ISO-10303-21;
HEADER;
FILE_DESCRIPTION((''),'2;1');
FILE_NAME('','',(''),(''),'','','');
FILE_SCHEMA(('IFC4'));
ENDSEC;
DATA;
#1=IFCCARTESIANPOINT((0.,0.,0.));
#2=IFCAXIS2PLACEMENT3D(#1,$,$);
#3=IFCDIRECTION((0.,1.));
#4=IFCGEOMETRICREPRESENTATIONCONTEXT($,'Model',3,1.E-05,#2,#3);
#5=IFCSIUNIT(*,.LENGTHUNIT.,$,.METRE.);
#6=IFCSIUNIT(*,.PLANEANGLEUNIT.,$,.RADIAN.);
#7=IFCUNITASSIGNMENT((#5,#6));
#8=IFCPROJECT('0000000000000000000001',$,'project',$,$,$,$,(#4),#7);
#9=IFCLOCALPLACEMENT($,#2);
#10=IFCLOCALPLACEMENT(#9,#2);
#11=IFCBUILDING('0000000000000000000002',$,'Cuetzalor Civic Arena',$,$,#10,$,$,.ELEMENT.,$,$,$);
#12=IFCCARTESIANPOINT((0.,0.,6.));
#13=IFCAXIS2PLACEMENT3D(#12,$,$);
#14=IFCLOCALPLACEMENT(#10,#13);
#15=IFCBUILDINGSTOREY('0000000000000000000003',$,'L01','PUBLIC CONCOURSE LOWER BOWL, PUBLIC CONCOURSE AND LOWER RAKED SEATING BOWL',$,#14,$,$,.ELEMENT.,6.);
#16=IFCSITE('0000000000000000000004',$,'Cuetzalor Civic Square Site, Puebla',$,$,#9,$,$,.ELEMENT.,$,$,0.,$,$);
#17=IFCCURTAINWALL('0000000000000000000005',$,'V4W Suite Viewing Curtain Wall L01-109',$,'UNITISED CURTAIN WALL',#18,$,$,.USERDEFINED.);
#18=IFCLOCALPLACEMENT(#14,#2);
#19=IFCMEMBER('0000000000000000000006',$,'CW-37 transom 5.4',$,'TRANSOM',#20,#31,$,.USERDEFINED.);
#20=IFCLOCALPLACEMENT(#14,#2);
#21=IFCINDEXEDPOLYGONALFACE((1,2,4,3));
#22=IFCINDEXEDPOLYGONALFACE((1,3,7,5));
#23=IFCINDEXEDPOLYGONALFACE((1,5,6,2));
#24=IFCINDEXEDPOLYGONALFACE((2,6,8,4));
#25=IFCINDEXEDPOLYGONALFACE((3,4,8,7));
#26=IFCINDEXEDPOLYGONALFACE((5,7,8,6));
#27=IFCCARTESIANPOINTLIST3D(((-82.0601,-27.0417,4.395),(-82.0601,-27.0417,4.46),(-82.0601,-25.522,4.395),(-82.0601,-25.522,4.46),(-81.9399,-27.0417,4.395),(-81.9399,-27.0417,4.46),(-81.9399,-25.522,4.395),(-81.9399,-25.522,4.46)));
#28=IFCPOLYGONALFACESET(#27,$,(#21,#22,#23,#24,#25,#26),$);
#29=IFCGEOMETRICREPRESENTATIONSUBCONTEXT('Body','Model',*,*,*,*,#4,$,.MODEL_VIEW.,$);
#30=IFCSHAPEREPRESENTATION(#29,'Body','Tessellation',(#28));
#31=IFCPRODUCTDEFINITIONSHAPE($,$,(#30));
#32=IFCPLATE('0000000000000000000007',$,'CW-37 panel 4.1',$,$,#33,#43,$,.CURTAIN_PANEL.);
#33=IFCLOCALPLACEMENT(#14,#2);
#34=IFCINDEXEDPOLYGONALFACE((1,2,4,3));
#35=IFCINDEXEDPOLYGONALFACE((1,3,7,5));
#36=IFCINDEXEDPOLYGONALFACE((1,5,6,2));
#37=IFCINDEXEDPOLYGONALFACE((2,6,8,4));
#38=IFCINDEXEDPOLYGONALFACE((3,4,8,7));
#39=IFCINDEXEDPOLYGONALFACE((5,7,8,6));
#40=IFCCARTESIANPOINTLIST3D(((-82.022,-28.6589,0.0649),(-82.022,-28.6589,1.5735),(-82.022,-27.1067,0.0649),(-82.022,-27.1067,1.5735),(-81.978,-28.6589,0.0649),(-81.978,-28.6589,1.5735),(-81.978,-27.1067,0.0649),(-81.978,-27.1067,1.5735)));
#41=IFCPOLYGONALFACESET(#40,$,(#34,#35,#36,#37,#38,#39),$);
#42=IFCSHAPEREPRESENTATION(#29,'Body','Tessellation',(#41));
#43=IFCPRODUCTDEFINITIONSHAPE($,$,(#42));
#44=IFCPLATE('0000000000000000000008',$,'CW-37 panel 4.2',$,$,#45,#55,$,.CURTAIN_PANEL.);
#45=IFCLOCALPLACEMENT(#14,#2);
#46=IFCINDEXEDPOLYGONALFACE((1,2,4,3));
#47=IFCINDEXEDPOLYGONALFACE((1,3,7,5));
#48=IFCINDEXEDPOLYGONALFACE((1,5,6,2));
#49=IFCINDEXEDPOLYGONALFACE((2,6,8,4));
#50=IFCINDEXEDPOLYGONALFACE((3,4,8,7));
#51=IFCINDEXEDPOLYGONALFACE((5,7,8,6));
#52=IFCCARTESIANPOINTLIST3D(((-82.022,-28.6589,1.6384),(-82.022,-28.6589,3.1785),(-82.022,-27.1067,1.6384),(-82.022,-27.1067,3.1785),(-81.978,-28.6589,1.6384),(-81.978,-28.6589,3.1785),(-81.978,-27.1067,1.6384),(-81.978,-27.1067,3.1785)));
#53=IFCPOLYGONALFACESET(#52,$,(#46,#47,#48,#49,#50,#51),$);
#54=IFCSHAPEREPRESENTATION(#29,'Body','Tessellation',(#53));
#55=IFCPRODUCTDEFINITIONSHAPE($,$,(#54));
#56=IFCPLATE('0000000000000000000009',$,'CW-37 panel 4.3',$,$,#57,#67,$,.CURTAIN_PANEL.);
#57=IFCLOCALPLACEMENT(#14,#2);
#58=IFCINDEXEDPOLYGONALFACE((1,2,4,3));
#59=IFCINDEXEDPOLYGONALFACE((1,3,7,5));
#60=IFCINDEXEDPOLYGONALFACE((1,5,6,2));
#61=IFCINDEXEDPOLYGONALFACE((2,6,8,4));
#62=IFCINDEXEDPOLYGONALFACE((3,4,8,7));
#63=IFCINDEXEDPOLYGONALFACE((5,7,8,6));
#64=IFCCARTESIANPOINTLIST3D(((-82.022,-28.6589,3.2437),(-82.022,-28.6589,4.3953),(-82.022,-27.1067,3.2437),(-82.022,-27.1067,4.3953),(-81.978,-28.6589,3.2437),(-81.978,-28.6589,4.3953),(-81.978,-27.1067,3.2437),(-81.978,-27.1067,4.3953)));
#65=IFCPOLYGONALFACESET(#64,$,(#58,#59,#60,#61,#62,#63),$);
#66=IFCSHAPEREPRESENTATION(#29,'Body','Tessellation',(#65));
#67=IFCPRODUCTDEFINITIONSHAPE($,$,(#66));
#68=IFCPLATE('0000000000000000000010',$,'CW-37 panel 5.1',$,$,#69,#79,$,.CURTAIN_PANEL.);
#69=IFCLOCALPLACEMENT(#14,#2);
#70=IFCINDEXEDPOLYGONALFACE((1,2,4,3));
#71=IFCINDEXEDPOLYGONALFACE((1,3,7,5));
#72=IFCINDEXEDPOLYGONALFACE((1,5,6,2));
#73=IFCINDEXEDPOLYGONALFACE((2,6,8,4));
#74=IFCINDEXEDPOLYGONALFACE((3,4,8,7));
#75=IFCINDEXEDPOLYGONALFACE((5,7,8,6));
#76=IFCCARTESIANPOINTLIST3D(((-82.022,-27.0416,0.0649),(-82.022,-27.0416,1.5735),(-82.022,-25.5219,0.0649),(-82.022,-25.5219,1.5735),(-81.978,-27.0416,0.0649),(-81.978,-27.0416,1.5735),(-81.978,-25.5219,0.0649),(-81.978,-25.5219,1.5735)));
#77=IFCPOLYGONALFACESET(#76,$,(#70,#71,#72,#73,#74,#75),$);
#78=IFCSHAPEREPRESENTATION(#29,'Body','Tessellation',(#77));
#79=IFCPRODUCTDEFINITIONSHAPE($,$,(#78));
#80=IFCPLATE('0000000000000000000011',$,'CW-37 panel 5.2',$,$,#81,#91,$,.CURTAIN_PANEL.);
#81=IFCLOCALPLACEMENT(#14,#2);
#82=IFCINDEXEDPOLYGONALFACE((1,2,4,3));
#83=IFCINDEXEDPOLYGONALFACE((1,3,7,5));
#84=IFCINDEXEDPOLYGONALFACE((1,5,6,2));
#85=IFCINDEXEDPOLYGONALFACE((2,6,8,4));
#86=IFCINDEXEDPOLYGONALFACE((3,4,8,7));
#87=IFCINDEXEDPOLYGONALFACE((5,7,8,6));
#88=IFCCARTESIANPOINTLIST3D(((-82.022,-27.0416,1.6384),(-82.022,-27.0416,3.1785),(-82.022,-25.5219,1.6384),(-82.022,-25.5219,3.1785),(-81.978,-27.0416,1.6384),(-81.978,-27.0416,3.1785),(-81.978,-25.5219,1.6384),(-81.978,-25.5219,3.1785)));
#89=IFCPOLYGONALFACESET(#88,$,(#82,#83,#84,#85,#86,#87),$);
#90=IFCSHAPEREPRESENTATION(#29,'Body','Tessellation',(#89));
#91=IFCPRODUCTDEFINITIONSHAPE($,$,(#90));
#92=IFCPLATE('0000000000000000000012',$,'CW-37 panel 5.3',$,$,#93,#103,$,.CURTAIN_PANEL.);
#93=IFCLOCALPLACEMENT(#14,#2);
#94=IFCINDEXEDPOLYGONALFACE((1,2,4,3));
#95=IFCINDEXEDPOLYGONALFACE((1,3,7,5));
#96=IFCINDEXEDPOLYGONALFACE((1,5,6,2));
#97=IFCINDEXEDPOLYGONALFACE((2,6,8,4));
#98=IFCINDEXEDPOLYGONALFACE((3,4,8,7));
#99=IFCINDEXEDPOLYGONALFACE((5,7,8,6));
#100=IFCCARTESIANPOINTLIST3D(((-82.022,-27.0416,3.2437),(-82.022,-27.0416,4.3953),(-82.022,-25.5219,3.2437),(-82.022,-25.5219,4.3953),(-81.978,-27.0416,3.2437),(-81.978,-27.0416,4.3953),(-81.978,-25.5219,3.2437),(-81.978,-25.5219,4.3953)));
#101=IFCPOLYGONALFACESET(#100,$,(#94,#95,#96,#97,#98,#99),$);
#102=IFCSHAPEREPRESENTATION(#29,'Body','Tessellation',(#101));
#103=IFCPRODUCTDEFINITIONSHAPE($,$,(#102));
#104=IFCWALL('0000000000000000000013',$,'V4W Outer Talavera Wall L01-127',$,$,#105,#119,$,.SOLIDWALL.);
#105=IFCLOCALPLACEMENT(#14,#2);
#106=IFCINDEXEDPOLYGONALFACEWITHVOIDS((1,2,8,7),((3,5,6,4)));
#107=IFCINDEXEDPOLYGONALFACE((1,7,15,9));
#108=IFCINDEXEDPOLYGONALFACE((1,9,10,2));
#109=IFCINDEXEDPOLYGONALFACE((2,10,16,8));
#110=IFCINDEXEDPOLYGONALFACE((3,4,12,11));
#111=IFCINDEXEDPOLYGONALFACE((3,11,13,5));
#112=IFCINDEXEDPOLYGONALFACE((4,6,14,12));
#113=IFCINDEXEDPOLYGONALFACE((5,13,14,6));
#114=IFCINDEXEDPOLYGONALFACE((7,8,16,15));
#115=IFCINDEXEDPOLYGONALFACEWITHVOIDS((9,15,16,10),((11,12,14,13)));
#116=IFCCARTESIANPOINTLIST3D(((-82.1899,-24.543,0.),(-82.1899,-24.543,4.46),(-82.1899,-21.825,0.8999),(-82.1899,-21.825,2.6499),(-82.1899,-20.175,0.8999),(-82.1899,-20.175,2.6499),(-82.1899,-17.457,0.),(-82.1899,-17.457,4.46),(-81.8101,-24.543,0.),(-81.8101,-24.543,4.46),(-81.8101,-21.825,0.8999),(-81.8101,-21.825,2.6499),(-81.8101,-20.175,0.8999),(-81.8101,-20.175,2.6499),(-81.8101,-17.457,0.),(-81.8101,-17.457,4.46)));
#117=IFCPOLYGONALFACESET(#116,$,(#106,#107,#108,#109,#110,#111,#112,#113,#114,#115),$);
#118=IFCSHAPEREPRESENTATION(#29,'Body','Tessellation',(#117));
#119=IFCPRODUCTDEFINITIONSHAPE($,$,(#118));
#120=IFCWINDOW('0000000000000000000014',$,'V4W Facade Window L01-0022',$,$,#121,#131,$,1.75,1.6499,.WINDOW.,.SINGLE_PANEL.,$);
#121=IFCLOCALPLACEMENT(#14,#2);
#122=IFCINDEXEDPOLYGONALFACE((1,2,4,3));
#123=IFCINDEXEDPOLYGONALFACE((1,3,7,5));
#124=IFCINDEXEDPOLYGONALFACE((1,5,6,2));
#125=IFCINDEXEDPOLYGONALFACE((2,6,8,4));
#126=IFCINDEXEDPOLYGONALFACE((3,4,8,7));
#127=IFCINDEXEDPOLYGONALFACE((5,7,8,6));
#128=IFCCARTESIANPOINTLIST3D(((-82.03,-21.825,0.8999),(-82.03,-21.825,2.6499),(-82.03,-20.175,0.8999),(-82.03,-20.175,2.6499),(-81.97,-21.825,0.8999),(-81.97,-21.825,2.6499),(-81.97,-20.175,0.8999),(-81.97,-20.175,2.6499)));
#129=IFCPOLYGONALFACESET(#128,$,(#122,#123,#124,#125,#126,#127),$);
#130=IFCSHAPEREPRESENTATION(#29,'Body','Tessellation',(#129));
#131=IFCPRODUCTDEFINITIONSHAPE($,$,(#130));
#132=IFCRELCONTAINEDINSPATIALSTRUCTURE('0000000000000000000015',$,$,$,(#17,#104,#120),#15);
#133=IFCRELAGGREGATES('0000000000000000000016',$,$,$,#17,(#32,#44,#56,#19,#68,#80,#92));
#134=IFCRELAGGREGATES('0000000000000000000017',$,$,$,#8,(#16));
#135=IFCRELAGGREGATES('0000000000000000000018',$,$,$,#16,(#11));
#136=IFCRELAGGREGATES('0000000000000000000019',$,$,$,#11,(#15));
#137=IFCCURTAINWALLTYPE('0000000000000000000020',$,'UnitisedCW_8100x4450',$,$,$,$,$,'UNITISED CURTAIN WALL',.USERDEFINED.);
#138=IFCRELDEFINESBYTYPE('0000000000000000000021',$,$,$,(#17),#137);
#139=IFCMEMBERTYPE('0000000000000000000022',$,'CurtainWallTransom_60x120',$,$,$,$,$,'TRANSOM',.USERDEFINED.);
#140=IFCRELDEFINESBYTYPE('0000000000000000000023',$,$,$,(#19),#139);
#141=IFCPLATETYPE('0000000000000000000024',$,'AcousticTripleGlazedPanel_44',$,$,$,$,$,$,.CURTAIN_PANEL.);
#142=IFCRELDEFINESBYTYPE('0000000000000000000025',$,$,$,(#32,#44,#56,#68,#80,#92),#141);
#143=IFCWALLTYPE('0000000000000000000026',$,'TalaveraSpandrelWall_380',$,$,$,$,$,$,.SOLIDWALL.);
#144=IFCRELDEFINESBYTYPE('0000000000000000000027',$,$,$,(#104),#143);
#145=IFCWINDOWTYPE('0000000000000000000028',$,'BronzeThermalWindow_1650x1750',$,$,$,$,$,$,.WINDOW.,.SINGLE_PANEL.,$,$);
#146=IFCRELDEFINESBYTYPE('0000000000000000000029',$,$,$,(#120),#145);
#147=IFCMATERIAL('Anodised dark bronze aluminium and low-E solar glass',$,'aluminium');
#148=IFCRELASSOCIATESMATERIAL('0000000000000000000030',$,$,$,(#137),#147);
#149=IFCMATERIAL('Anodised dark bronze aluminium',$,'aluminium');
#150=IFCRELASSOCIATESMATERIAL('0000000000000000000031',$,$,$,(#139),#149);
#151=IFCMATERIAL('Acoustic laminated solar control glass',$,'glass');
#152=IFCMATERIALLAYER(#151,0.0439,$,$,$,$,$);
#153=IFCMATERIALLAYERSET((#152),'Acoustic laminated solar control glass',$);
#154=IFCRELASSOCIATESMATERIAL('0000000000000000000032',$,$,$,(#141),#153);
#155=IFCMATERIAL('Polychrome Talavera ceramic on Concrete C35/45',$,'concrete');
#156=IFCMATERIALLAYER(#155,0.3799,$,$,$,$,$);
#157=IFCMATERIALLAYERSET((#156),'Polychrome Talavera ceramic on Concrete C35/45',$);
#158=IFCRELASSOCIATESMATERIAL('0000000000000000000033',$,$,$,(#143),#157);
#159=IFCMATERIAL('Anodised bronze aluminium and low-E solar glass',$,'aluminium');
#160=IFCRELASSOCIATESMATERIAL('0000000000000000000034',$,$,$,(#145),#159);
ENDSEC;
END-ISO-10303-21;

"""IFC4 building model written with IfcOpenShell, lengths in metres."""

from ifc_helpers import new_model, si_unit, direction, frame, frame_2d, origin, origin_2d, place, context, subcontext, project, spatial, rectangle, extrude, material, layer, layer_set, material_profile, profile_set, type_object, element, fill, aggregate, save


model = new_model("IFC4")

# Units and contexts
model_context = context("Model", 3, precision=1e-05, world=origin(), true_north=direction((0.0, 1.0)))
body_context = subcontext(model_context, "Body", "Model", "MODEL_VIEW")
ifc_project = project(units=[si_unit("LENGTHUNIT", "METRE"), si_unit("PLANEANGLEUNIT", "RADIAN")], contexts=[model_context])

# Site, building, storey
site_placement = place(None, origin())
site = spatial("IfcSite", under=ifc_project, at=site_placement, Name="Cuetzalor Civic Square Site, Puebla", CompositionType="ELEMENT", RefElevation=0.0)
building_placement = place(site_placement, origin())
building = spatial("IfcBuilding", under=site, at=building_placement, Name="Cuetzalor Civic Arena", CompositionType="ELEMENT")
storey_placement = place(building_placement, frame((0.0, 0.0, 6.0)))
storey = spatial("IfcBuildingStorey", under=building, at=storey_placement, Name="L01", Description="PUBLIC CONCOURSE LOWER BOWL, PUBLIC CONCOURSE AND LOWER RAKED SEATING BOWL", CompositionType="ELEMENT", Elevation=6.0)

# Curtain wall
ifc_material_1 = material(Name="Anodised dark bronze aluminium and low-E solar glass", Category="aluminium")
curtain_wall_type_1 = type_object("IfcCurtainWallType", Name="UnitisedCW_8100x4450", ElementType="UNITISED CURTAIN WALL", PredefinedType="USERDEFINED", material=ifc_material_1)
curtain_wall_1_placement = place(storey_placement, origin())
curtain_wall_1 = element("IfcCurtainWall", 1, at=curtain_wall_1_placement, inside=storey, type_object=curtain_wall_type_1, Name="V4W Suite Viewing Curtain Wall L01-109", ObjectType="UNITISED CURTAIN WALL", PredefinedType="USERDEFINED")

# Member
ifc_material_2 = material(Name="Anodised dark bronze aluminium", Category="aluminium")
ifc_material_profile_1 = material_profile(ifc_material_2, rectangle(XDim=0.1201, YDim=0.0649, at=origin_2d()), Name="ALU TRANSOM 65x120")
ifc_profile_set_1 = profile_set([ifc_material_profile_1], Name="Anodised dark bronze aluminium")
member_type_1 = type_object("IfcMemberType", Name="CurtainWallTransom_60x120", ElementType="TRANSOM", PredefinedType="USERDEFINED", material=ifc_profile_set_1)
member_1_placement = place(storey_placement, frame((-82.0, -27.0417, 4.4275), z_axis=(0.0, 1.0, 0.0), x_axis=(-1.0, 0.0, 0.0)))
member_1 = element("IfcMember", 2, at=member_1_placement, type_object=member_type_1, Name="CW-37 transom 5.4", ObjectType="TRANSOM", PredefinedType="USERDEFINED", context=body_context, shape_type="SweptSolid", body=[
    extrude(rectangle(XDim=0.1201, YDim=0.0649, at=origin_2d()), origin(), (0.0, 0.0, 1.0), 1.5198),
])

# Plates
ifc_material_3 = material(Name="Acoustic laminated solar control glass", Category="glass")
ifc_layer_1 = layer(ifc_material_3, 0.0439)
ifc_layer_set_1 = layer_set([ifc_layer_1], Name="Acoustic laminated solar control glass")
plate_type = type_object("IfcPlateType", Name="AcousticTripleGlazedPanel_44", PredefinedType="CURTAIN_PANEL", material=ifc_layer_set_1)
plate_1_placement = place(storey_placement, frame((-82.0, -27.8828, 0.0649), z_axis=(0.0, 0.0, 1.0), x_axis=(0.0, 1.0, 0.0)))
plate_1 = element("IfcPlate", 3, at=plate_1_placement, type_object=plate_type, Name="CW-37 panel 4.1", PredefinedType="CURTAIN_PANEL", context=body_context, shape_type="SweptSolid", body=[
    extrude(rectangle(XDim=1.5522, YDim=0.0439, at=origin_2d()), origin(), (0.0, 0.0, 1.0), 1.5085),
])
plate_2_placement = place(storey_placement, frame((-82.0, -27.8828, 1.6384), z_axis=(0.0, 0.0, 1.0), x_axis=(0.0, 1.0, 0.0)))
plate_2 = element("IfcPlate", 4, at=plate_2_placement, type_object=plate_type, Name="CW-37 panel 4.2", PredefinedType="CURTAIN_PANEL", context=body_context, shape_type="SweptSolid", body=[
    extrude(rectangle(XDim=1.5522, YDim=0.0439, at=origin_2d()), origin(), (0.0, 0.0, 1.0), 1.54),
])
plate_3_placement = place(storey_placement, frame((-82.0, -27.8828, 3.2437), z_axis=(0.0, 0.0, 1.0), x_axis=(0.0, 1.0, 0.0)))
plate_3 = element("IfcPlate", 5, at=plate_3_placement, type_object=plate_type, Name="CW-37 panel 4.3", PredefinedType="CURTAIN_PANEL", context=body_context, shape_type="SweptSolid", body=[
    extrude(rectangle(XDim=1.5522, YDim=0.0439, at=origin_2d()), origin(), (0.0, 0.0, 1.0), 1.1516),
])
plate_4_placement = place(storey_placement, frame((-82.0, -26.2817, 0.0649), z_axis=(0.0, 0.0, 1.0), x_axis=(0.0, 1.0, 0.0)))
plate_4 = element("IfcPlate", 6, at=plate_4_placement, type_object=plate_type, Name="CW-37 panel 5.1", PredefinedType="CURTAIN_PANEL", context=body_context, shape_type="SweptSolid", body=[
    extrude(rectangle(XDim=1.5198, YDim=0.0439, at=origin_2d()), origin(), (0.0, 0.0, 1.0), 1.5085),
])
plate_5_placement = place(storey_placement, frame((-82.0, -26.2817, 1.6384), z_axis=(0.0, 0.0, 1.0), x_axis=(0.0, 1.0, 0.0)))
plate_5 = element("IfcPlate", 7, at=plate_5_placement, type_object=plate_type, Name="CW-37 panel 5.2", PredefinedType="CURTAIN_PANEL", context=body_context, shape_type="SweptSolid", body=[
    extrude(rectangle(XDim=1.5198, YDim=0.0439, at=origin_2d()), origin(), (0.0, 0.0, 1.0), 1.54),
])
plate_6_placement = place(storey_placement, frame((-82.0, -26.2817, 3.2437), z_axis=(0.0, 0.0, 1.0), x_axis=(0.0, 1.0, 0.0)))
plate_6 = element("IfcPlate", 8, at=plate_6_placement, type_object=plate_type, Name="CW-37 panel 5.3", PredefinedType="CURTAIN_PANEL", context=body_context, shape_type="SweptSolid", body=[
    extrude(rectangle(XDim=1.5198, YDim=0.0439, at=origin_2d()), origin(), (0.0, 0.0, 1.0), 1.1516),
])
aggregate(curtain_wall_1, [plate_1, plate_2, plate_3, member_1, plate_4, plate_5, plate_6])

# Wall, opening, window
ifc_material_4 = material(Name="Polychrome Talavera ceramic on Concrete C35/45", Category="concrete")
ifc_layer_2 = layer(ifc_material_4, 0.3799)
ifc_layer_set_2 = layer_set([ifc_layer_2], Name="Polychrome Talavera ceramic on Concrete C35/45")
wall_type = type_object("IfcWallType", Name="TalaveraSpandrelWall_380", PredefinedType="SOLIDWALL", material=ifc_layer_set_2)
wall_placement = place(storey_placement, frame((-82.0, -24.543, 0.0), z_axis=(0.0, 0.0, 1.0), x_axis=(0.0, 1.0, 0.0)))
wall = element("IfcWall", 9, at=wall_placement, inside=storey, type_object=wall_type, Name="V4W Outer Talavera Wall L01-127", PredefinedType="SOLIDWALL", context=body_context, shape_type="SweptSolid", body=[
    extrude(rectangle(XDim=7.0859, YDim=0.3799, at=frame_2d((3.543, 0.0))), origin(), (0.0, 0.0, 1.0), 4.46),
])
opening_placement = place(wall_placement, frame((2.718, 0.0, 0.8999)))
opening = element("IfcOpeningElement", 10, at=opening_placement, cuts=wall, PredefinedType="OPENING", context=body_context, shape_type="SweptSolid", body=[
    extrude(rectangle(XDim=1.6499, YDim=1.75, at=frame_2d((0.825, 0.875))), frame((0.0, 0.2, 0.0), z_axis=(0.0, -1.0, 0.0), x_axis=(1.0, 0.0, 0.0)), (0.0, 0.0, 1.0), 0.3999),
])
ifc_material_5 = material(Name="Anodised bronze aluminium and low-E solar glass", Category="aluminium")
window_type = type_object("IfcWindowType", Name="BronzeThermalWindow_1650x1750", PartitioningType="SINGLE_PANEL", PredefinedType="WINDOW", material=ifc_material_5)
window_placement = place(opening_placement, origin())
window = element("IfcWindow", 11, at=window_placement, inside=storey, type_object=window_type, Name="V4W Facade Window L01-0022", OverallHeight=1.75, OverallWidth=1.6499, PartitioningType="SINGLE_PANEL", PredefinedType="WINDOW", context=body_context, shape_type="SweptSolid", body=[
    extrude(rectangle(XDim=1.6499, YDim=1.75, at=frame_2d((0.825, 0.875))), frame((0.0, 0.03, 0.0), z_axis=(0.0, -1.0, 0.0), x_axis=(1.0, 0.0, 0.0)), (0.0, 0.0, 1.0), 0.0601),
])
fill(opening, window)

save(model, "model.ifc")
